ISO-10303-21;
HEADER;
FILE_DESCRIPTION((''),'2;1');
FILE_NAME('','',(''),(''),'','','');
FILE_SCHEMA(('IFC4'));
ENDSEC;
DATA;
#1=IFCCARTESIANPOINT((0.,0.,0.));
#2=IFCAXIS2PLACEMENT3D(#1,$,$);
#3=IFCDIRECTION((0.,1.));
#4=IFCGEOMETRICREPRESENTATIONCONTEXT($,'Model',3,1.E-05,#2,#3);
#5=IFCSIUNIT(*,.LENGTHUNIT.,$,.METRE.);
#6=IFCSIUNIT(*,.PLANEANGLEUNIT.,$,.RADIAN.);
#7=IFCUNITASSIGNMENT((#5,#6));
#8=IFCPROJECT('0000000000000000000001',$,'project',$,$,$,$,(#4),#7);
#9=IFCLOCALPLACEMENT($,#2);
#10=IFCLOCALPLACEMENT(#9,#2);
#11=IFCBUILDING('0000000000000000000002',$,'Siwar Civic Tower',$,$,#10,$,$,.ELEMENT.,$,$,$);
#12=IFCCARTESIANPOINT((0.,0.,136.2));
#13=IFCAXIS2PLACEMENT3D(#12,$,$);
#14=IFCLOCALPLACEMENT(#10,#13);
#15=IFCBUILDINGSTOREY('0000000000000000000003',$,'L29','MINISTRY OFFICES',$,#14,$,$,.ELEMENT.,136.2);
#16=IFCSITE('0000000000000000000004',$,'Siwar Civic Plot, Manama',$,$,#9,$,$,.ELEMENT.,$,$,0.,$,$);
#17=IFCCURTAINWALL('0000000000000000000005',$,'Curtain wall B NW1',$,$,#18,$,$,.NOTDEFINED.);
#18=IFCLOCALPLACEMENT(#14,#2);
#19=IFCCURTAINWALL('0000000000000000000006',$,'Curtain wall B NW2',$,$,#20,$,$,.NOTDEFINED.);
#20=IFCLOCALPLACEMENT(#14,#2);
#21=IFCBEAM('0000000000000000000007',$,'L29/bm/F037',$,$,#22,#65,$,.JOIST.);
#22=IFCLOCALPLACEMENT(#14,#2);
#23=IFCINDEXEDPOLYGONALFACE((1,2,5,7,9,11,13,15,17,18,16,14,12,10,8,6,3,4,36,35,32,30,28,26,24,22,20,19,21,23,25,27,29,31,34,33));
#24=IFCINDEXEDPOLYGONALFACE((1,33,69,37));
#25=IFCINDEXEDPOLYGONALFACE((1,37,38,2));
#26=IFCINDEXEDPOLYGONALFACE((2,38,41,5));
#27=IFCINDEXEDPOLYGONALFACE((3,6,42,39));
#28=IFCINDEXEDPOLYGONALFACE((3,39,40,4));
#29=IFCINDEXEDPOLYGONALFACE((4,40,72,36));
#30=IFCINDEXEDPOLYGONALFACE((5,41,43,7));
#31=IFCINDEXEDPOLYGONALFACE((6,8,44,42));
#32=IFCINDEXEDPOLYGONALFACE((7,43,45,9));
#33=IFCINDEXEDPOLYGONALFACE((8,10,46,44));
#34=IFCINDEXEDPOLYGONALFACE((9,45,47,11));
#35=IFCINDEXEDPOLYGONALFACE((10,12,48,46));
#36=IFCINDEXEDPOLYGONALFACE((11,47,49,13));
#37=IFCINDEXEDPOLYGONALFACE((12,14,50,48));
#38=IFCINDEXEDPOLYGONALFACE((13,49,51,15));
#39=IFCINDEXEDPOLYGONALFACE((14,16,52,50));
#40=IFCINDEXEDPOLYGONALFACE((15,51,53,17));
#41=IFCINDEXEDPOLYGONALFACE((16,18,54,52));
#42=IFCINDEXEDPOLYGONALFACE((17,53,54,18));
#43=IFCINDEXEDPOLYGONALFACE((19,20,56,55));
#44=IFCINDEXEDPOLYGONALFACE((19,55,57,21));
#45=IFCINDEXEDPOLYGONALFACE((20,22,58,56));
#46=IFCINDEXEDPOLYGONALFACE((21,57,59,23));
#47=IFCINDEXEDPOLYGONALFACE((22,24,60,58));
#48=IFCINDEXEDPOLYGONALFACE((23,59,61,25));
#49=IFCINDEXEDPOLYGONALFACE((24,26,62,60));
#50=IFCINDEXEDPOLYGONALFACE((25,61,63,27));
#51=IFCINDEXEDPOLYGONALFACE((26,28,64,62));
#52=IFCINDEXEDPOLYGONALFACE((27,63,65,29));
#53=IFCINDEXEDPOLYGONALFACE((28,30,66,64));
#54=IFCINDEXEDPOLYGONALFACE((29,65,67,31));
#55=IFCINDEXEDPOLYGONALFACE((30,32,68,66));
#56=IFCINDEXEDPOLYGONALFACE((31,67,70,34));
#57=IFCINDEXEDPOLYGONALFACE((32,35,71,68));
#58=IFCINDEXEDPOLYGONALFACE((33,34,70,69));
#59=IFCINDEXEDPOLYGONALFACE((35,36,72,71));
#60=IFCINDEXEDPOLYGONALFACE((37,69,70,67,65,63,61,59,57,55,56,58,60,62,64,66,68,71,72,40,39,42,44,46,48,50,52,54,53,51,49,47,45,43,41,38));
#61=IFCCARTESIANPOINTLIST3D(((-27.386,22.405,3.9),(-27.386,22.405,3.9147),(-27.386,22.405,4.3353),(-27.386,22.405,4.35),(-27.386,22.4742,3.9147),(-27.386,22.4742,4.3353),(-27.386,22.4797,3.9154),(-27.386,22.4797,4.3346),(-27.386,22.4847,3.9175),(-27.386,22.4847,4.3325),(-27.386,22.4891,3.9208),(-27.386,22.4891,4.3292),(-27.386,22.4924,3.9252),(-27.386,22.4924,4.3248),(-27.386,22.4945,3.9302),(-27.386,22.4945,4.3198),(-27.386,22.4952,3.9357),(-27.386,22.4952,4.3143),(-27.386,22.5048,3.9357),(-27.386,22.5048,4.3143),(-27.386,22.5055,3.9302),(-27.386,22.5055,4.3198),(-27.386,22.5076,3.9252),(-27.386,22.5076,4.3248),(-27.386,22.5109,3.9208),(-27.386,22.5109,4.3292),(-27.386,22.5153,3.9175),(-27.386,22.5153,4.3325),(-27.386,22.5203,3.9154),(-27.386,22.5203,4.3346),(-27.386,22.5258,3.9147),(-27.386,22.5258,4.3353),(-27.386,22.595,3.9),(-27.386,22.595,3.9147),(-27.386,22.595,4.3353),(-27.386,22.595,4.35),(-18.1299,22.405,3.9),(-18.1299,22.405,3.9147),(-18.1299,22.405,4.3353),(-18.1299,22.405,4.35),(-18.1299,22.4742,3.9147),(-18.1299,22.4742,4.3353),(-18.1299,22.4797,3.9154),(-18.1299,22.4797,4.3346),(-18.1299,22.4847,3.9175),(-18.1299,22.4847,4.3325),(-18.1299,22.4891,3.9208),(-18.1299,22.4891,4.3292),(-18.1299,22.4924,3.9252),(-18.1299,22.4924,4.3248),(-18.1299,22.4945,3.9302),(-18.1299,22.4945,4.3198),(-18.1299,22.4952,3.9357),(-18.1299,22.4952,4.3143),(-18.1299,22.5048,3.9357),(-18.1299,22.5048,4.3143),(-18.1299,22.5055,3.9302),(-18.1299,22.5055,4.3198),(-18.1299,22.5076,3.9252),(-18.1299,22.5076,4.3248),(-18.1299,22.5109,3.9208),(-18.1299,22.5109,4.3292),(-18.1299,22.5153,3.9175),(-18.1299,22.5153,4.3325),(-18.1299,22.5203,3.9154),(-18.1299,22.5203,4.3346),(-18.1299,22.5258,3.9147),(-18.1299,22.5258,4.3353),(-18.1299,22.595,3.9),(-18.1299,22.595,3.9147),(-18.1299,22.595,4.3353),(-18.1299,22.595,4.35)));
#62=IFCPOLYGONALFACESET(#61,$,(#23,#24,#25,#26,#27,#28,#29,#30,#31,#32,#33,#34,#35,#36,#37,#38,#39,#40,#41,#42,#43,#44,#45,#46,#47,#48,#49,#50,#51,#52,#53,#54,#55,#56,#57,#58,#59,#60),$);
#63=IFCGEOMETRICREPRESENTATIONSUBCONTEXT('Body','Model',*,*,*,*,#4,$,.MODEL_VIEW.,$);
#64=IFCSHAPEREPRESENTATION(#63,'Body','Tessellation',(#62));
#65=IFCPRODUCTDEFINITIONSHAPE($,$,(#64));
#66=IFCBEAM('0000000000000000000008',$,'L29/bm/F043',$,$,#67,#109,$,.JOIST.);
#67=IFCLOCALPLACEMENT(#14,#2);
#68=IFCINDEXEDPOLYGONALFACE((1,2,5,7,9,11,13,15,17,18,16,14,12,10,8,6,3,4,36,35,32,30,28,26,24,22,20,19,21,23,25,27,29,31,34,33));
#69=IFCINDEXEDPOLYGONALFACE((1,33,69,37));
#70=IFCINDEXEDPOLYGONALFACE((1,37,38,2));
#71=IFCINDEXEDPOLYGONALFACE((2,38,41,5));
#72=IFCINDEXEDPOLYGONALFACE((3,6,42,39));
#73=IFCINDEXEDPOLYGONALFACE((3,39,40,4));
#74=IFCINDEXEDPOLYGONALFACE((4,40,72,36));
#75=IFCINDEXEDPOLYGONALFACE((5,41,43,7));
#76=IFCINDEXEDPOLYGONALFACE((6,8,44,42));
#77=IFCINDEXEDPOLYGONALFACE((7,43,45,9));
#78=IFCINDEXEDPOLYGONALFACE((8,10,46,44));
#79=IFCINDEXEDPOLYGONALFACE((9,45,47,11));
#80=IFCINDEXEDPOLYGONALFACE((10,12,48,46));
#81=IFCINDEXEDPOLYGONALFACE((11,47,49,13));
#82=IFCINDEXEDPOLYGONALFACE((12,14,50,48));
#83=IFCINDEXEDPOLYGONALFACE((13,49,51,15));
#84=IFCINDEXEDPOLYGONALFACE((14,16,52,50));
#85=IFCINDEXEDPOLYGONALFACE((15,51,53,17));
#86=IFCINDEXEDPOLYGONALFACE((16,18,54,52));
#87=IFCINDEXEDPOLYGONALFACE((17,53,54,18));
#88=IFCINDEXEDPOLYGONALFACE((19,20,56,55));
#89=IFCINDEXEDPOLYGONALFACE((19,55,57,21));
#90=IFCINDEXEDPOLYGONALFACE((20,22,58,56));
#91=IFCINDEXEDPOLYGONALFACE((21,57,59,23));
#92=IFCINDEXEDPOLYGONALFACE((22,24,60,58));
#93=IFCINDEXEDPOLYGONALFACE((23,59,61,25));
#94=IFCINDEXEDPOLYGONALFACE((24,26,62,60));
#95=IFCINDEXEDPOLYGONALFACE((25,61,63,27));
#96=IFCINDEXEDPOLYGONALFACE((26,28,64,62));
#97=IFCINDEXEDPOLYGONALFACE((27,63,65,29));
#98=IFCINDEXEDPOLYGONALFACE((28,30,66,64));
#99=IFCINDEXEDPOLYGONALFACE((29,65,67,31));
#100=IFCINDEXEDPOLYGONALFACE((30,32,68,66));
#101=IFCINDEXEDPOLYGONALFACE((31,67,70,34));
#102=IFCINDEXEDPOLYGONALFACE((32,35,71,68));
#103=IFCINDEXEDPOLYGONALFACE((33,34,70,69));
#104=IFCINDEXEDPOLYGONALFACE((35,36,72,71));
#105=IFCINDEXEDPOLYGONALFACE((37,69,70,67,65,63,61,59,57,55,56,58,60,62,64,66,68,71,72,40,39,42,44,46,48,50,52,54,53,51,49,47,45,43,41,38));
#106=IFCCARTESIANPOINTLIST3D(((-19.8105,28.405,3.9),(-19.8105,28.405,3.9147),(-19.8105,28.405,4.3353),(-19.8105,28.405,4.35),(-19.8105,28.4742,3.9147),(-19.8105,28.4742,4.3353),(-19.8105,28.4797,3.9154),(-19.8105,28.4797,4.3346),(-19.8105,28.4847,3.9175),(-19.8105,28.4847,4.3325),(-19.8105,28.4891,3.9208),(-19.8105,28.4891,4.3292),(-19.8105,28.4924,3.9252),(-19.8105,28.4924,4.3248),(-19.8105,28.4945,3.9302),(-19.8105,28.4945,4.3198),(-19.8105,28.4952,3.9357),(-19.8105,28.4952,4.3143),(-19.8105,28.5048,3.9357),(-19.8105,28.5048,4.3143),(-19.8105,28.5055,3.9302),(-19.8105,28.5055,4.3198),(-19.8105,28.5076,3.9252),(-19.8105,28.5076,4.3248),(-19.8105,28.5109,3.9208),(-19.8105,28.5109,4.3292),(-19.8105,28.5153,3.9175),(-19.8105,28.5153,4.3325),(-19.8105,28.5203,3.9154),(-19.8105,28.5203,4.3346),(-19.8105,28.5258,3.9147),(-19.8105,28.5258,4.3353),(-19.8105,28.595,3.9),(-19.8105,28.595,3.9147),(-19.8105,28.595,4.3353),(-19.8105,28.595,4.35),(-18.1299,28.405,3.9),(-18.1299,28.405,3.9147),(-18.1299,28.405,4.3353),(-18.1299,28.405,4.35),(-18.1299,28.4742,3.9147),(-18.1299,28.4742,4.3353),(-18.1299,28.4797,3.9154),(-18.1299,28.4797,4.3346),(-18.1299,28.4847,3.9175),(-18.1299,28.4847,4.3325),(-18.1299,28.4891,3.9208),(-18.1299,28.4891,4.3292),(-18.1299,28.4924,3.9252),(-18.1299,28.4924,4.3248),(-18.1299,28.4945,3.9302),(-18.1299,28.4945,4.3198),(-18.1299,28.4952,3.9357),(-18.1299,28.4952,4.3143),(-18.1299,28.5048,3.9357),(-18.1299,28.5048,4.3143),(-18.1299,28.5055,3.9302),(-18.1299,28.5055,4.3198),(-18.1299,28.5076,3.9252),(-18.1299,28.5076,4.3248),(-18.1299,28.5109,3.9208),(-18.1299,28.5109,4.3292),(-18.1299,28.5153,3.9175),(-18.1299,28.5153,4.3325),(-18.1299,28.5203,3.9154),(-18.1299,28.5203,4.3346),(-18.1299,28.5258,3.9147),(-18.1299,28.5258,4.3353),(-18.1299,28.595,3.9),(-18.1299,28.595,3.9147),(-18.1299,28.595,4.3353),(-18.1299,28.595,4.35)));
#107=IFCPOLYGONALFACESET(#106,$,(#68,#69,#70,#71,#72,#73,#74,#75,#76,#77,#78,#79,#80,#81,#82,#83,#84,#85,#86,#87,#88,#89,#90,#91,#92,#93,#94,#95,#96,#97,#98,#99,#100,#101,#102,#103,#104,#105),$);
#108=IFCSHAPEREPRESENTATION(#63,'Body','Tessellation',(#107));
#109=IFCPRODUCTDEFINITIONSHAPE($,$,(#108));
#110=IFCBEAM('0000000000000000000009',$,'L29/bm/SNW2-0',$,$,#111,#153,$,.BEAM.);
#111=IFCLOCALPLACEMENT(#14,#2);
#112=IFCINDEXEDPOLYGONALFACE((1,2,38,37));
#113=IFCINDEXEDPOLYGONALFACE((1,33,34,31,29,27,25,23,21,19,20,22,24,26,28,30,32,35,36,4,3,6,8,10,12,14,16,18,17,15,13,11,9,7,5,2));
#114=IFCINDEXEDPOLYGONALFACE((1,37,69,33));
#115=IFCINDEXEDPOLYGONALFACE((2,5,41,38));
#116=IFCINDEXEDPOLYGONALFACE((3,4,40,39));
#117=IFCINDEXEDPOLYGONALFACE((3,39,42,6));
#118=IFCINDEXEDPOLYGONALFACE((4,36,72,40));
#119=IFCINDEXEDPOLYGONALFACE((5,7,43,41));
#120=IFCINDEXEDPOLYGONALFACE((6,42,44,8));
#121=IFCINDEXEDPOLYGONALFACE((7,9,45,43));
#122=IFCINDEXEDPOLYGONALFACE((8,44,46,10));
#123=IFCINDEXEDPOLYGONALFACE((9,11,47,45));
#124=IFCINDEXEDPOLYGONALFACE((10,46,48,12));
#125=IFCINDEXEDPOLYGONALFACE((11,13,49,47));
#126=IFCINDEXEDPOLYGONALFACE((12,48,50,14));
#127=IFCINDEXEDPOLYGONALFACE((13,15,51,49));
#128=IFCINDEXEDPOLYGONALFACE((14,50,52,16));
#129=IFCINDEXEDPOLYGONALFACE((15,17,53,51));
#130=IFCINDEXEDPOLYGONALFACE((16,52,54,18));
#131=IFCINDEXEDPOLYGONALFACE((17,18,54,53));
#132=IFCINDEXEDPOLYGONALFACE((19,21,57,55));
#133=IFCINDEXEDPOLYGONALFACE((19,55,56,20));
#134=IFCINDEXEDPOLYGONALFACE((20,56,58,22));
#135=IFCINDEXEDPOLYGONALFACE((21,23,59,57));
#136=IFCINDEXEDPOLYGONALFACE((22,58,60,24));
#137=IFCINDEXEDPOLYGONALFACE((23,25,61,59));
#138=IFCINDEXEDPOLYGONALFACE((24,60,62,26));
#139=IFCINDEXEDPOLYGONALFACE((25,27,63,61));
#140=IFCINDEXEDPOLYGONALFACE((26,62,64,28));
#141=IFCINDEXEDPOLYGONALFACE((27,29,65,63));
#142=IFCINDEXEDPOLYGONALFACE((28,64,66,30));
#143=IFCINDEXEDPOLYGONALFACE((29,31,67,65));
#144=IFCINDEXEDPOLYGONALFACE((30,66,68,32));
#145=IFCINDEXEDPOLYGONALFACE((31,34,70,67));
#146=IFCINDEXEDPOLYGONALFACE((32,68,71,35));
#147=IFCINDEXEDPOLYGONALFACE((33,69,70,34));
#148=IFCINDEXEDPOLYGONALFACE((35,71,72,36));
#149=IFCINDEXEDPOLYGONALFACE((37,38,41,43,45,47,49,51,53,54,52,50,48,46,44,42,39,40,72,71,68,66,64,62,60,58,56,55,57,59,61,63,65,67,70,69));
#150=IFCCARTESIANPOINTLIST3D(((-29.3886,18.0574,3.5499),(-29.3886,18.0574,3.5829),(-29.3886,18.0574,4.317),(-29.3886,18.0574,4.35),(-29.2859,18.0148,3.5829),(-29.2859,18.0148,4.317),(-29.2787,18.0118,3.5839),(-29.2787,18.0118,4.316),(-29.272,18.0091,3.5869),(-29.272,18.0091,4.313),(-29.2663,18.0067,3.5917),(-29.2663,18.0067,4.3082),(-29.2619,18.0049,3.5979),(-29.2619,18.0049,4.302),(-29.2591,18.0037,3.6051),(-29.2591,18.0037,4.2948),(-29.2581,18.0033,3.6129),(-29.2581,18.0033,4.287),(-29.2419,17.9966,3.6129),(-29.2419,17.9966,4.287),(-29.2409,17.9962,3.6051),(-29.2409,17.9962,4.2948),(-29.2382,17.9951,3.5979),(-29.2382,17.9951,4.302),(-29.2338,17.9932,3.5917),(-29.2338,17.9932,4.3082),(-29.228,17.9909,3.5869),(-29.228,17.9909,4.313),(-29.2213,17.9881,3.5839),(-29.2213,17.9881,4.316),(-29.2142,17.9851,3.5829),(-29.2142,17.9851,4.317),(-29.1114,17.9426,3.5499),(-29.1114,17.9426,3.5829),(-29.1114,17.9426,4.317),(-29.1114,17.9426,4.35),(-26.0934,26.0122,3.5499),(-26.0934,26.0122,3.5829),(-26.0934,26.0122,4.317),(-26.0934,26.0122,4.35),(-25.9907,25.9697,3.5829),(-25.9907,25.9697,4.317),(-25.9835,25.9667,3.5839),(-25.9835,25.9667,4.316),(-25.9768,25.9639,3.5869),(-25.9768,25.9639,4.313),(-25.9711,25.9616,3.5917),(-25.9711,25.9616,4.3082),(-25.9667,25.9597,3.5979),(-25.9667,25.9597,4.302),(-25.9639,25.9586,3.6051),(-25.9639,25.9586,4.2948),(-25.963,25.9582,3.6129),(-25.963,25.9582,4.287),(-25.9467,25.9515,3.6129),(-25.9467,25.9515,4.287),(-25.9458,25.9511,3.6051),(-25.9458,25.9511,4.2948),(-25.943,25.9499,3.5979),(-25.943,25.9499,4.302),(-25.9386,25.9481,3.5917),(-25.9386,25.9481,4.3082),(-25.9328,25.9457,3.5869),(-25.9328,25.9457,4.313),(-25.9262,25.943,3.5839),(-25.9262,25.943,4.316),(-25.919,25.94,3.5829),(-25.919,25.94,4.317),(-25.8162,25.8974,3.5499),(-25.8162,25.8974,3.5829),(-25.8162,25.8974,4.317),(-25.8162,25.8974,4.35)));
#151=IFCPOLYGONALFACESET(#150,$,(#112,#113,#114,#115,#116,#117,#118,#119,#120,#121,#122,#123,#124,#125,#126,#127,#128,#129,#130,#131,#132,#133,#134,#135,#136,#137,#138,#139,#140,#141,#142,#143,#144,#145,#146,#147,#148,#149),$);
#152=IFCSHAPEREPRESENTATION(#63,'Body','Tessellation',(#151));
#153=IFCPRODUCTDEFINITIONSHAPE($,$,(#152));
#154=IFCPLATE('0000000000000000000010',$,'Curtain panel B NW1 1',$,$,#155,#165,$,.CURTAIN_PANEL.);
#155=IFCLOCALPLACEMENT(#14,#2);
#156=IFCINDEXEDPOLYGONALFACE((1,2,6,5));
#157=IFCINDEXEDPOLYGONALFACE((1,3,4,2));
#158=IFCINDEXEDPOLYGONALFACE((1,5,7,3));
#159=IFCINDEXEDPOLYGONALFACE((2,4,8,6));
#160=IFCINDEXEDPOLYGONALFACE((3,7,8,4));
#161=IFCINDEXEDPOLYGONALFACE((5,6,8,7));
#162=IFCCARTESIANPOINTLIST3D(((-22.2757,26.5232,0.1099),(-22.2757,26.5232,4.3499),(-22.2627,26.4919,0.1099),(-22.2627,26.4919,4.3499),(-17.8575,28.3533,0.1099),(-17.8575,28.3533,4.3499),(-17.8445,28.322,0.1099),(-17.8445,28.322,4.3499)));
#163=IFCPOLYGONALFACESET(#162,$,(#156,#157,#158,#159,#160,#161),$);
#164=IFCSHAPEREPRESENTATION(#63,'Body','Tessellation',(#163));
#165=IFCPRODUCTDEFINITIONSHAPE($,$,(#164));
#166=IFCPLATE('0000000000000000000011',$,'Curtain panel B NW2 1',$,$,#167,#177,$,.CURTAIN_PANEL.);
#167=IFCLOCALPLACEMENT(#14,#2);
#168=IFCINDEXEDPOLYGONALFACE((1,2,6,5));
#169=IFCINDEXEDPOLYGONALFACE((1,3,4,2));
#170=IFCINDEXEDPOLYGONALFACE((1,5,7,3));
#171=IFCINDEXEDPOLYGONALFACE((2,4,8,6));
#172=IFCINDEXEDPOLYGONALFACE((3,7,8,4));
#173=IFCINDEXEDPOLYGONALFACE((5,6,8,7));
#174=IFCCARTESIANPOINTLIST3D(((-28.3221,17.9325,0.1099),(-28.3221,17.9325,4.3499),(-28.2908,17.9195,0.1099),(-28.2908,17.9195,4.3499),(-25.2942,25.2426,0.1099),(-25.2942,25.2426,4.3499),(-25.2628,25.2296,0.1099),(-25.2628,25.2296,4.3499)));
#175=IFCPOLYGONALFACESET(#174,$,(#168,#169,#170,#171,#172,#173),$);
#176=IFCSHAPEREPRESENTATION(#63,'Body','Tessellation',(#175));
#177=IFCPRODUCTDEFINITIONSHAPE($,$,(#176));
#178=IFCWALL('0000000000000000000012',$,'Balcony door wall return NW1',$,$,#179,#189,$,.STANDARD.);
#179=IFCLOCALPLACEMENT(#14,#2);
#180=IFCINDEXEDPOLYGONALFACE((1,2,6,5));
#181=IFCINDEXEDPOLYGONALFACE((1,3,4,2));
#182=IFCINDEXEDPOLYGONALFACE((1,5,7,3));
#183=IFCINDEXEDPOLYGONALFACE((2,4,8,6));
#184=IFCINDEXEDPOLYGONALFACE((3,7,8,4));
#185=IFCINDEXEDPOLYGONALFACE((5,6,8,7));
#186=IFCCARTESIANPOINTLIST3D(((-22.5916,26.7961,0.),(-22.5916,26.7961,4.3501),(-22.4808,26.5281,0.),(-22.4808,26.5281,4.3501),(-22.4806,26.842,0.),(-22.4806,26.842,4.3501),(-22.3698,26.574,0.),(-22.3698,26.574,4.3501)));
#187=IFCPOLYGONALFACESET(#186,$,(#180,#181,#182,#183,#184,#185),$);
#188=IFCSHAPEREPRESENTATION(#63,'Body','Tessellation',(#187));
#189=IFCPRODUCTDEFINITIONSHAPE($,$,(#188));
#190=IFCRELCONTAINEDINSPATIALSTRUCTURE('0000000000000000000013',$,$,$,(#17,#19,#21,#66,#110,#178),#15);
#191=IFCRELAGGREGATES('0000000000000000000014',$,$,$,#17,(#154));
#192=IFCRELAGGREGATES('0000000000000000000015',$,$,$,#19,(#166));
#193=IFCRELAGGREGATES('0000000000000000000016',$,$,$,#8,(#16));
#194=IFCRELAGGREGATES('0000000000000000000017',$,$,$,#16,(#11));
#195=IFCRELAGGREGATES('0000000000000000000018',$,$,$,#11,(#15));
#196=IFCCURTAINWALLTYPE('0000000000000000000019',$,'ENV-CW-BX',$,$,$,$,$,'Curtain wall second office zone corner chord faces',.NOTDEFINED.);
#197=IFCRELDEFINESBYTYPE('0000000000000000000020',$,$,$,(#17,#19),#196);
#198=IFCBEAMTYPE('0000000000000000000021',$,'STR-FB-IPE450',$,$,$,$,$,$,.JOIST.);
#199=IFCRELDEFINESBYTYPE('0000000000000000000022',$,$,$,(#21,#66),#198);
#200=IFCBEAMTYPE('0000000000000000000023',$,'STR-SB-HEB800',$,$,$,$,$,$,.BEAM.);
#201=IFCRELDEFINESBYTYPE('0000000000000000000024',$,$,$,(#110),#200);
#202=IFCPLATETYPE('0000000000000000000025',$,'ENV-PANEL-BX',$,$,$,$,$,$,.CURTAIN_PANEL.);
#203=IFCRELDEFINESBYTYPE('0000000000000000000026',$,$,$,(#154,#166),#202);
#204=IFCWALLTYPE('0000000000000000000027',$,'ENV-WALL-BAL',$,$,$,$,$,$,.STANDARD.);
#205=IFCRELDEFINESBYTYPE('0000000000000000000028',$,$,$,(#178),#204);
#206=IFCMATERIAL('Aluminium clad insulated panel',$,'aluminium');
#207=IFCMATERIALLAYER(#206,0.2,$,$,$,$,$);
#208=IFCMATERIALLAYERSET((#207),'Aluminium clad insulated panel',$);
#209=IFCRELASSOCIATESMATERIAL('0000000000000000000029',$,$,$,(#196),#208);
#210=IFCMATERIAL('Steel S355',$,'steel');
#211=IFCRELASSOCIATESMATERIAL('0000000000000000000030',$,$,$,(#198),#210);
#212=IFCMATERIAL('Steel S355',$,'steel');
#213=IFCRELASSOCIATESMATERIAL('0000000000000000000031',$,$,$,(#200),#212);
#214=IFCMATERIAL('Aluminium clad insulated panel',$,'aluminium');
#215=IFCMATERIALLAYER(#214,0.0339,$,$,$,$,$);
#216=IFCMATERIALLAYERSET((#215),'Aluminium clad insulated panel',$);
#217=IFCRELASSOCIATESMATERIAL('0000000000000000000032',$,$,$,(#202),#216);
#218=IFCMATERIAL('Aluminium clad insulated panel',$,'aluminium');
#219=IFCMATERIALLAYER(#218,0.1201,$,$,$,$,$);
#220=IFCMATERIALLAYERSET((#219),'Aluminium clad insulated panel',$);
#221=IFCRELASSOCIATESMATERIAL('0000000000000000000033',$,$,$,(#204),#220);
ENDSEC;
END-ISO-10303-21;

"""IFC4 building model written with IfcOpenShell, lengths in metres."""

from ifc_helpers import new_model, si_unit, direction, frame, frame_2d, origin, origin_2d, place, context, subcontext, project, spatial, rectangle, i_section, extrude, material, layer, layer_set, material_profile, profile_set, type_object, element, aggregate, save


model = new_model("IFC4")

# Units and contexts
model_context = context("Model", 3, precision=1e-05, world=origin(), true_north=direction((0.0, 1.0)))
body_context = subcontext(model_context, "Body", "Model", "MODEL_VIEW")
ifc_project = project(units=[si_unit("LENGTHUNIT", "METRE"), si_unit("PLANEANGLEUNIT", "RADIAN")], contexts=[model_context])

# Site, building, storey
site_placement = place(None, origin())
site = spatial("IfcSite", under=ifc_project, at=site_placement, Name="Siwar Civic Plot, Manama", CompositionType="ELEMENT", RefElevation=0.0)
building_placement = place(site_placement, origin())
building = spatial("IfcBuilding", under=site, at=building_placement, Name="Siwar Civic Tower", CompositionType="ELEMENT")
storey_placement = place(building_placement, frame((0.0, 0.0, 136.2)))
storey = spatial("IfcBuildingStorey", under=building, at=storey_placement, Name="L29", Description="MINISTRY OFFICES", CompositionType="ELEMENT", Elevation=136.2)

# Curtain wall
ifc_material_1 = material(Name="Aluminium clad insulated panel", Category="aluminium")
ifc_layer_1 = layer(ifc_material_1, 0.2)
ifc_layer_set_1 = layer_set([ifc_layer_1], Name="Aluminium clad insulated panel")
curtain_wall_type = type_object("IfcCurtainWallType", Name="ENV-CW-BX", ElementType="Curtain wall second office zone corner chord faces", PredefinedType="NOTDEFINED", material=ifc_layer_set_1)
curtain_wall_1_placement = place(storey_placement, origin())
curtain_wall_1 = element("IfcCurtainWall", 1, at=curtain_wall_1_placement, inside=storey, type_object=curtain_wall_type, Name="Curtain wall B NW1", PredefinedType="NOTDEFINED")

# Curtain wall
curtain_wall_2_placement = place(storey_placement, origin())
curtain_wall_2 = element("IfcCurtainWall", 2, at=curtain_wall_2_placement, inside=storey, type_object=curtain_wall_type, Name="Curtain wall B NW2", PredefinedType="NOTDEFINED")

# Beams
ifc_material_2 = material(Name="Steel S355", Category="steel")
ifc_material_profile_1 = material_profile(ifc_material_2, i_section(OverallWidth=0.1899, OverallDepth=0.45, WebThickness=0.0095, FlangeThickness=0.0146, FilletRadius=0.021, at=origin_2d()), Name="IPE450")
ifc_profile_set_1 = profile_set([ifc_material_profile_1], Name="Steel S355")
beam_type_1 = type_object("IfcBeamType", Name="STR-FB-IPE450", PredefinedType="JOIST", material=ifc_profile_set_1)
beam_1_placement = place(storey_placement, frame((-27.386, 22.5, 4.125), z_axis=(1.0, 0.0, 0.0), x_axis=(0.0, 1.0, 0.0)))
element("IfcBeam", 3, at=beam_1_placement, inside=storey, type_object=beam_type_1, Name="L29/bm/F037", PredefinedType="JOIST", context=body_context, shape_type="SweptSolid", body=[
    extrude(i_section(OverallWidth=0.1899, OverallDepth=0.45, WebThickness=0.0095, FlangeThickness=0.0146, FilletRadius=0.021, at=origin_2d()), origin(), (0.0, 0.0, 1.0), 9.2561),
])
beam_2_placement = place(storey_placement, frame((-19.8105, 28.5, 4.125), z_axis=(1.0, 0.0, 0.0), x_axis=(0.0, 1.0, 0.0)))
element("IfcBeam", 4, at=beam_2_placement, inside=storey, type_object=beam_type_1, Name="L29/bm/F043", PredefinedType="JOIST", context=body_context, shape_type="SweptSolid", body=[
    extrude(i_section(OverallWidth=0.1899, OverallDepth=0.45, WebThickness=0.0095, FlangeThickness=0.0146, FilletRadius=0.021, at=origin_2d()), origin(), (0.0, 0.0, 1.0), 1.6807),
])
ifc_material_3 = material(Name="Steel S355", Category="steel")
ifc_material_profile_2 = material_profile(ifc_material_3, i_section(OverallWidth=0.3, OverallDepth=0.8, WebThickness=0.0176, FlangeThickness=0.033, FilletRadius=0.03, at=origin_2d()), Name="HEB800")
ifc_profile_set_2 = profile_set([ifc_material_profile_2], Name="Steel S355")
beam_type_2 = type_object("IfcBeamType", Name="STR-SB-HEB800", PredefinedType="BEAM", material=ifc_profile_set_2)
beam_3_placement = place(storey_placement, frame((-25.9548, 25.9548, 3.95), z_axis=(-0.3827, -0.923873, 0.0), x_axis=(0.923873, -0.3827, 0.0)))
element("IfcBeam", 5, at=beam_3_placement, inside=storey, type_object=beam_type_2, Name="L29/bm/SNW2-0", PredefinedType="BEAM", context=body_context, shape_type="SweptSolid", body=[
    extrude(i_section(OverallWidth=0.3, OverallDepth=0.8, WebThickness=0.0176, FlangeThickness=0.033, FilletRadius=0.03, at=origin_2d()), origin(), (0.0, 0.0, 1.0), 8.6104),
])

# Plates
ifc_material_4 = material(Name="Aluminium clad insulated panel", Category="aluminium")
ifc_layer_2 = layer(ifc_material_4, 0.0339)
ifc_layer_set_2 = layer_set([ifc_layer_2], Name="Aluminium clad insulated panel")
plate_type = type_object("IfcPlateType", Name="ENV-PANEL-BX", PredefinedType="CURTAIN_PANEL", material=ifc_layer_set_2)
plate_1_placement = place(storey_placement, frame((-20.0601, 27.4226, 0.1099), z_axis=(0.0, 0.0, 1.0), x_axis=(-0.92388, -0.382683, 0.0)))
plate_1 = element("IfcPlate", 6, at=plate_1_placement, type_object=plate_type, Name="Curtain panel B NW1 1", PredefinedType="CURTAIN_PANEL", context=body_context, shape_type="SweptSolid", body=[
    extrude(rectangle(XDim=4.7822, YDim=0.0339, at=origin_2d()), origin(), (0.0, 0.0, 1.0), 4.24),
])
aggregate(curtain_wall_1, [plate_1])
plate_2_placement = place(storey_placement, frame((-26.7925, 21.5811, 0.1099), z_axis=(0.0, 0.0, 1.0), x_axis=(-0.382683, -0.92388, 0.0)))
plate_2 = element("IfcPlate", 7, at=plate_2_placement, type_object=plate_type, Name="Curtain panel B NW2 1", PredefinedType="CURTAIN_PANEL", context=body_context, shape_type="SweptSolid", body=[
    extrude(rectangle(XDim=7.9124, YDim=0.0339, at=origin_2d()), origin(), (0.0, 0.0, 1.0), 4.24),
])
aggregate(curtain_wall_2, [plate_2])

# Wall
ifc_material_5 = material(Name="Aluminium clad insulated panel", Category="aluminium")
ifc_layer_3 = layer(ifc_material_5, 0.1201)
ifc_layer_set_3 = layer_set([ifc_layer_3], Name="Aluminium clad insulated panel")
wall_type = type_object("IfcWallType", Name="ENV-WALL-BAL", PredefinedType="STANDARD", material=ifc_layer_set_3)
for number, where, z_axis, x_axis, name in (
    (8, (-22.4253, 26.551, 0.0), (0.0, 0.0, 1.0), (-0.382104, 0.924119, 0.0), "Balcony door wall return NW1"),
):
    element("IfcWall", number, at=place(storey_placement, frame(where, z_axis=z_axis, x_axis=x_axis)), inside=storey, type_object=wall_type, Name=name, PredefinedType="STANDARD", context=body_context, shape_type="SweptSolid", body=[
        extrude(rectangle(XDim=0.29, YDim=0.1201, at=frame_2d((0.145, 0.0))), origin(), (0.0, 0.0, 1.0), 4.3501),
    ])

save(model, "model.ifc")
